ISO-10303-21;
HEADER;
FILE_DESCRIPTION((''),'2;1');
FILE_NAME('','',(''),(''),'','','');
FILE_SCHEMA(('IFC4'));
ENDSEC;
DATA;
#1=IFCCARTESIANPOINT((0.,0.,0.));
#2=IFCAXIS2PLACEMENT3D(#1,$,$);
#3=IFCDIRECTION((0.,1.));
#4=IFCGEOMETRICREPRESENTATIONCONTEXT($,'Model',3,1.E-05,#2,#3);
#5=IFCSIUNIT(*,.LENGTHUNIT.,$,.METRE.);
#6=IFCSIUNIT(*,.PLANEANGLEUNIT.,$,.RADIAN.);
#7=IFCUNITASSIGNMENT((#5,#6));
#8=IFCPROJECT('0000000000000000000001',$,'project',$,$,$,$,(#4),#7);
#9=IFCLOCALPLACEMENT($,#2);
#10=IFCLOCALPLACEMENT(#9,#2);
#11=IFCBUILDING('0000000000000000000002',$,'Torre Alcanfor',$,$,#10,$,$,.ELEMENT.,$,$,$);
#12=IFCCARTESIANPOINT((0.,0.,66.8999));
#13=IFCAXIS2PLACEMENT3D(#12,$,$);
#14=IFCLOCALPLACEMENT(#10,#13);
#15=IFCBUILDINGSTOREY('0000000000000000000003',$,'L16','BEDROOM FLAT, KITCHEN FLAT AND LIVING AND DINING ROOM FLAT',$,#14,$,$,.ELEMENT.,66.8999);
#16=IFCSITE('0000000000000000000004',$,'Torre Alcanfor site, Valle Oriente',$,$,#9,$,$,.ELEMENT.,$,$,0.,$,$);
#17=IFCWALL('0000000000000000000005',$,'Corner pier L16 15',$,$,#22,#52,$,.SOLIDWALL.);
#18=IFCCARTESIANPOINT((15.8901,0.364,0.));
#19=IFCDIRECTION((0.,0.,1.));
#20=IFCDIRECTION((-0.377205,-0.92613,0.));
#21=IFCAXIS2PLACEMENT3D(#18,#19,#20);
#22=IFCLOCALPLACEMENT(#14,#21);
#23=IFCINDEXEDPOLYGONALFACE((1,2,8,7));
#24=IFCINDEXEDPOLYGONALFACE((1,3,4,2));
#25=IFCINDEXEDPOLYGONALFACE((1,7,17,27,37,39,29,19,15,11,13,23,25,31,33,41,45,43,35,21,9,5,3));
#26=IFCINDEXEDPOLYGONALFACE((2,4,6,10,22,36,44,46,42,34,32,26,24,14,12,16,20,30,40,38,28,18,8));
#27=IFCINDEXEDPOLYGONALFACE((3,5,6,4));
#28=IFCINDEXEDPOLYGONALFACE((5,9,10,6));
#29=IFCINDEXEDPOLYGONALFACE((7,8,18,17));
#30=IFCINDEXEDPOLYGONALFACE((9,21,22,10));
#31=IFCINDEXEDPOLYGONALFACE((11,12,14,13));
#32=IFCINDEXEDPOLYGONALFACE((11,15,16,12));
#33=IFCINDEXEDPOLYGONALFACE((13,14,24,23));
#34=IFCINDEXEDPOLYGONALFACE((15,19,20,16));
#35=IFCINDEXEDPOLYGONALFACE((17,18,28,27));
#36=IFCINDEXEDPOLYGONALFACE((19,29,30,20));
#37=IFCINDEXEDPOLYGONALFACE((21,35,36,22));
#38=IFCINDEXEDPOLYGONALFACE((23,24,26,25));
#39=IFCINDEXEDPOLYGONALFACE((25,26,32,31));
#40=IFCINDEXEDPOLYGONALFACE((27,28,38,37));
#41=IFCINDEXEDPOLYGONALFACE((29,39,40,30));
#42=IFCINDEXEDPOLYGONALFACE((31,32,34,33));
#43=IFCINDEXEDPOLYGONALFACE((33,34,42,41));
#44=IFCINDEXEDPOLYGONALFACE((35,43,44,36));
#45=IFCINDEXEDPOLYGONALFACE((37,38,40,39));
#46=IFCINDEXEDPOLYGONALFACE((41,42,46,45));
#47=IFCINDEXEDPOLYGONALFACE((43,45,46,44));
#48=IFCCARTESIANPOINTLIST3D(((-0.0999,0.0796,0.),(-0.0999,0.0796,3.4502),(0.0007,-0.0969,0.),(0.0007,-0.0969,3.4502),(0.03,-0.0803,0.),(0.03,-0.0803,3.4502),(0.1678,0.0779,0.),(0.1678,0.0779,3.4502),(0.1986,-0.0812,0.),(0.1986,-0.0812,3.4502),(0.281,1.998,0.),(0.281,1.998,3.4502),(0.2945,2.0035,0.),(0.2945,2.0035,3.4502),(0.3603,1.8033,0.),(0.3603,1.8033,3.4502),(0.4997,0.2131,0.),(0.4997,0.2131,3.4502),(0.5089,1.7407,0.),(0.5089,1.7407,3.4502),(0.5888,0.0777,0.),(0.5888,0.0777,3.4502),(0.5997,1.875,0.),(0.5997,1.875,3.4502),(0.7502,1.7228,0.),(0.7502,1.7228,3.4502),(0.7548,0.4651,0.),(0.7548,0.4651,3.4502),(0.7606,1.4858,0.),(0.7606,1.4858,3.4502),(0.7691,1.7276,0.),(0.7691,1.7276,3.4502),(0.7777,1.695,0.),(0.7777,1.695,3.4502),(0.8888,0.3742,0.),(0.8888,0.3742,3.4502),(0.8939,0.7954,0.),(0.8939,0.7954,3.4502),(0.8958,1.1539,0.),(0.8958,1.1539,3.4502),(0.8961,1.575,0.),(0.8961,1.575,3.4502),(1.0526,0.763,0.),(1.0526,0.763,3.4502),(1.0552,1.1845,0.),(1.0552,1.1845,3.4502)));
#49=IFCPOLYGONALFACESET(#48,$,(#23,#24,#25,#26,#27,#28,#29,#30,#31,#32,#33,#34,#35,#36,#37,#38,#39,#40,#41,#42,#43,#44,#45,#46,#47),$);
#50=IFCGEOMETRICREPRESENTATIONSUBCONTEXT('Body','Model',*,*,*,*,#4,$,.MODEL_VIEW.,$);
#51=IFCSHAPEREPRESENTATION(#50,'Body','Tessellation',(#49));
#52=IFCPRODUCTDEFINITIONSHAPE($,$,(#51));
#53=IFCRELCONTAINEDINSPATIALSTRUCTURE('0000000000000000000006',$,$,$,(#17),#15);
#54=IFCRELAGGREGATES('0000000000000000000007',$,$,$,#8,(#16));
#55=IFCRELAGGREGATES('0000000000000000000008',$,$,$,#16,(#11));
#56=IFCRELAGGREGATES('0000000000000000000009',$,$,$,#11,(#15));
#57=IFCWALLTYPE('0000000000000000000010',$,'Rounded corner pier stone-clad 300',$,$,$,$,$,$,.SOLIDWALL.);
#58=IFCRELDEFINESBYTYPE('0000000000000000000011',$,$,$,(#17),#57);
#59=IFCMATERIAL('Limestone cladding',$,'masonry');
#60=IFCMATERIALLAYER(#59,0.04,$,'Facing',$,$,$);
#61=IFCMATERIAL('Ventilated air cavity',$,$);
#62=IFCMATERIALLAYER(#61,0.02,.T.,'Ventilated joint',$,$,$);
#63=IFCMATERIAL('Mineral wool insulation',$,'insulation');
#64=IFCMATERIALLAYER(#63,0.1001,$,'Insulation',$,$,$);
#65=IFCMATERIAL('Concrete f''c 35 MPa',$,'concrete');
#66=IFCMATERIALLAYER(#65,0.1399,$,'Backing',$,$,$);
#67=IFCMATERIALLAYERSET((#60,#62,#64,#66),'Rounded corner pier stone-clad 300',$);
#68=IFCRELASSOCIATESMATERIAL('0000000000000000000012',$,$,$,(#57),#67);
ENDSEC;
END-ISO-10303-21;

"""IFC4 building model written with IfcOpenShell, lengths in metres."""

from ifc_helpers import new_model, si_unit, direction, frame, origin, place, context, subcontext, project, spatial, polyline, outline, extrude, material, layer, layer_set, type_object, element, save


model = new_model("IFC4")

# Units and contexts
model_context = context("Model", 3, precision=1e-05, world=origin(), true_north=direction((0.0, 1.0)))
body_context = subcontext(model_context, "Body", "Model", "MODEL_VIEW")
ifc_project = project(units=[si_unit("LENGTHUNIT", "METRE"), si_unit("PLANEANGLEUNIT", "RADIAN")], contexts=[model_context])

# Site, building, storey
site_placement = place(None, origin())
site = spatial("IfcSite", under=ifc_project, at=site_placement, Name="Torre Alcanfor site, Valle Oriente", CompositionType="ELEMENT", RefElevation=0.0)
building_placement = place(site_placement, origin())
building = spatial("IfcBuilding", under=site, at=building_placement, Name="Torre Alcanfor", CompositionType="ELEMENT")
storey_placement = place(building_placement, frame((0.0, 0.0, 66.8999)))
storey = spatial("IfcBuildingStorey", under=building, at=storey_placement, Name="L16", Description="BEDROOM FLAT, KITCHEN FLAT AND LIVING AND DINING ROOM FLAT", CompositionType="ELEMENT", Elevation=66.8999)

# Shared definitions
ifc_material_1 = material(Name="Limestone cladding", Category="masonry")
ifc_material_2 = material(Name="Ventilated air cavity")
ifc_material_3 = material(Name="Mineral wool insulation", Category="insulation")
ifc_material_4 = material(Name="Concrete f'c 35 MPa", Category="concrete")

# Wall
ifc_layer_1 = layer(ifc_material_1, 0.04, Name="Facing")
ifc_layer_2 = layer(ifc_material_2, 0.02, ventilated=True, Name="Ventilated joint")
ifc_layer_3 = layer(ifc_material_3, 0.1001, Name="Insulation")
ifc_layer_4 = layer(ifc_material_4, 0.1399, Name="Backing")
ifc_layer_set_1 = layer_set([ifc_layer_1, ifc_layer_2, ifc_layer_3, ifc_layer_4], Name="Rounded corner pier stone-clad 300")
wall_type_1 = type_object("IfcWallType", Name="Rounded corner pier stone-clad 300", PredefinedType="SOLIDWALL", material=ifc_layer_set_1)
wall_1_placement = place(storey_placement, frame((15.8901, 0.364, 0.0), z_axis=(0.0, 0.0, 1.0), x_axis=(-0.377205, -0.92613, 0.0)))
element("IfcWall", 1, at=wall_1_placement, inside=storey, type_object=wall_type_1, Name="Corner pier L16 15", PredefinedType="SOLIDWALL", context=body_context, shape_type="SweptSolid", body=[
    extrude(outline(polyline([(0.3603, 1.8033), (0.5089, 1.7407), (0.7606, 1.4858), (0.8958, 1.1539), (0.8939, 0.7954), (0.7548, 0.4651), (0.4997, 0.2131), (0.1678, 0.0779), (-0.0999, 0.0796), (0.0007, -0.0969), (0.03, -0.0803), (0.1986, -0.0812), (0.5888, 0.0777), (0.8888, 0.3742), (1.0526, 0.763), (1.0552, 1.1845), (0.8961, 1.575), (0.7777, 1.695), (0.7691, 1.7276), (0.7502, 1.7228), (0.5997, 1.875), (0.2945, 2.0035), (0.281, 1.998), (0.3603, 1.8033)])), origin(), (0.0, 0.0, 1.0), 3.4502),
])

save(model, "model.ifc")
